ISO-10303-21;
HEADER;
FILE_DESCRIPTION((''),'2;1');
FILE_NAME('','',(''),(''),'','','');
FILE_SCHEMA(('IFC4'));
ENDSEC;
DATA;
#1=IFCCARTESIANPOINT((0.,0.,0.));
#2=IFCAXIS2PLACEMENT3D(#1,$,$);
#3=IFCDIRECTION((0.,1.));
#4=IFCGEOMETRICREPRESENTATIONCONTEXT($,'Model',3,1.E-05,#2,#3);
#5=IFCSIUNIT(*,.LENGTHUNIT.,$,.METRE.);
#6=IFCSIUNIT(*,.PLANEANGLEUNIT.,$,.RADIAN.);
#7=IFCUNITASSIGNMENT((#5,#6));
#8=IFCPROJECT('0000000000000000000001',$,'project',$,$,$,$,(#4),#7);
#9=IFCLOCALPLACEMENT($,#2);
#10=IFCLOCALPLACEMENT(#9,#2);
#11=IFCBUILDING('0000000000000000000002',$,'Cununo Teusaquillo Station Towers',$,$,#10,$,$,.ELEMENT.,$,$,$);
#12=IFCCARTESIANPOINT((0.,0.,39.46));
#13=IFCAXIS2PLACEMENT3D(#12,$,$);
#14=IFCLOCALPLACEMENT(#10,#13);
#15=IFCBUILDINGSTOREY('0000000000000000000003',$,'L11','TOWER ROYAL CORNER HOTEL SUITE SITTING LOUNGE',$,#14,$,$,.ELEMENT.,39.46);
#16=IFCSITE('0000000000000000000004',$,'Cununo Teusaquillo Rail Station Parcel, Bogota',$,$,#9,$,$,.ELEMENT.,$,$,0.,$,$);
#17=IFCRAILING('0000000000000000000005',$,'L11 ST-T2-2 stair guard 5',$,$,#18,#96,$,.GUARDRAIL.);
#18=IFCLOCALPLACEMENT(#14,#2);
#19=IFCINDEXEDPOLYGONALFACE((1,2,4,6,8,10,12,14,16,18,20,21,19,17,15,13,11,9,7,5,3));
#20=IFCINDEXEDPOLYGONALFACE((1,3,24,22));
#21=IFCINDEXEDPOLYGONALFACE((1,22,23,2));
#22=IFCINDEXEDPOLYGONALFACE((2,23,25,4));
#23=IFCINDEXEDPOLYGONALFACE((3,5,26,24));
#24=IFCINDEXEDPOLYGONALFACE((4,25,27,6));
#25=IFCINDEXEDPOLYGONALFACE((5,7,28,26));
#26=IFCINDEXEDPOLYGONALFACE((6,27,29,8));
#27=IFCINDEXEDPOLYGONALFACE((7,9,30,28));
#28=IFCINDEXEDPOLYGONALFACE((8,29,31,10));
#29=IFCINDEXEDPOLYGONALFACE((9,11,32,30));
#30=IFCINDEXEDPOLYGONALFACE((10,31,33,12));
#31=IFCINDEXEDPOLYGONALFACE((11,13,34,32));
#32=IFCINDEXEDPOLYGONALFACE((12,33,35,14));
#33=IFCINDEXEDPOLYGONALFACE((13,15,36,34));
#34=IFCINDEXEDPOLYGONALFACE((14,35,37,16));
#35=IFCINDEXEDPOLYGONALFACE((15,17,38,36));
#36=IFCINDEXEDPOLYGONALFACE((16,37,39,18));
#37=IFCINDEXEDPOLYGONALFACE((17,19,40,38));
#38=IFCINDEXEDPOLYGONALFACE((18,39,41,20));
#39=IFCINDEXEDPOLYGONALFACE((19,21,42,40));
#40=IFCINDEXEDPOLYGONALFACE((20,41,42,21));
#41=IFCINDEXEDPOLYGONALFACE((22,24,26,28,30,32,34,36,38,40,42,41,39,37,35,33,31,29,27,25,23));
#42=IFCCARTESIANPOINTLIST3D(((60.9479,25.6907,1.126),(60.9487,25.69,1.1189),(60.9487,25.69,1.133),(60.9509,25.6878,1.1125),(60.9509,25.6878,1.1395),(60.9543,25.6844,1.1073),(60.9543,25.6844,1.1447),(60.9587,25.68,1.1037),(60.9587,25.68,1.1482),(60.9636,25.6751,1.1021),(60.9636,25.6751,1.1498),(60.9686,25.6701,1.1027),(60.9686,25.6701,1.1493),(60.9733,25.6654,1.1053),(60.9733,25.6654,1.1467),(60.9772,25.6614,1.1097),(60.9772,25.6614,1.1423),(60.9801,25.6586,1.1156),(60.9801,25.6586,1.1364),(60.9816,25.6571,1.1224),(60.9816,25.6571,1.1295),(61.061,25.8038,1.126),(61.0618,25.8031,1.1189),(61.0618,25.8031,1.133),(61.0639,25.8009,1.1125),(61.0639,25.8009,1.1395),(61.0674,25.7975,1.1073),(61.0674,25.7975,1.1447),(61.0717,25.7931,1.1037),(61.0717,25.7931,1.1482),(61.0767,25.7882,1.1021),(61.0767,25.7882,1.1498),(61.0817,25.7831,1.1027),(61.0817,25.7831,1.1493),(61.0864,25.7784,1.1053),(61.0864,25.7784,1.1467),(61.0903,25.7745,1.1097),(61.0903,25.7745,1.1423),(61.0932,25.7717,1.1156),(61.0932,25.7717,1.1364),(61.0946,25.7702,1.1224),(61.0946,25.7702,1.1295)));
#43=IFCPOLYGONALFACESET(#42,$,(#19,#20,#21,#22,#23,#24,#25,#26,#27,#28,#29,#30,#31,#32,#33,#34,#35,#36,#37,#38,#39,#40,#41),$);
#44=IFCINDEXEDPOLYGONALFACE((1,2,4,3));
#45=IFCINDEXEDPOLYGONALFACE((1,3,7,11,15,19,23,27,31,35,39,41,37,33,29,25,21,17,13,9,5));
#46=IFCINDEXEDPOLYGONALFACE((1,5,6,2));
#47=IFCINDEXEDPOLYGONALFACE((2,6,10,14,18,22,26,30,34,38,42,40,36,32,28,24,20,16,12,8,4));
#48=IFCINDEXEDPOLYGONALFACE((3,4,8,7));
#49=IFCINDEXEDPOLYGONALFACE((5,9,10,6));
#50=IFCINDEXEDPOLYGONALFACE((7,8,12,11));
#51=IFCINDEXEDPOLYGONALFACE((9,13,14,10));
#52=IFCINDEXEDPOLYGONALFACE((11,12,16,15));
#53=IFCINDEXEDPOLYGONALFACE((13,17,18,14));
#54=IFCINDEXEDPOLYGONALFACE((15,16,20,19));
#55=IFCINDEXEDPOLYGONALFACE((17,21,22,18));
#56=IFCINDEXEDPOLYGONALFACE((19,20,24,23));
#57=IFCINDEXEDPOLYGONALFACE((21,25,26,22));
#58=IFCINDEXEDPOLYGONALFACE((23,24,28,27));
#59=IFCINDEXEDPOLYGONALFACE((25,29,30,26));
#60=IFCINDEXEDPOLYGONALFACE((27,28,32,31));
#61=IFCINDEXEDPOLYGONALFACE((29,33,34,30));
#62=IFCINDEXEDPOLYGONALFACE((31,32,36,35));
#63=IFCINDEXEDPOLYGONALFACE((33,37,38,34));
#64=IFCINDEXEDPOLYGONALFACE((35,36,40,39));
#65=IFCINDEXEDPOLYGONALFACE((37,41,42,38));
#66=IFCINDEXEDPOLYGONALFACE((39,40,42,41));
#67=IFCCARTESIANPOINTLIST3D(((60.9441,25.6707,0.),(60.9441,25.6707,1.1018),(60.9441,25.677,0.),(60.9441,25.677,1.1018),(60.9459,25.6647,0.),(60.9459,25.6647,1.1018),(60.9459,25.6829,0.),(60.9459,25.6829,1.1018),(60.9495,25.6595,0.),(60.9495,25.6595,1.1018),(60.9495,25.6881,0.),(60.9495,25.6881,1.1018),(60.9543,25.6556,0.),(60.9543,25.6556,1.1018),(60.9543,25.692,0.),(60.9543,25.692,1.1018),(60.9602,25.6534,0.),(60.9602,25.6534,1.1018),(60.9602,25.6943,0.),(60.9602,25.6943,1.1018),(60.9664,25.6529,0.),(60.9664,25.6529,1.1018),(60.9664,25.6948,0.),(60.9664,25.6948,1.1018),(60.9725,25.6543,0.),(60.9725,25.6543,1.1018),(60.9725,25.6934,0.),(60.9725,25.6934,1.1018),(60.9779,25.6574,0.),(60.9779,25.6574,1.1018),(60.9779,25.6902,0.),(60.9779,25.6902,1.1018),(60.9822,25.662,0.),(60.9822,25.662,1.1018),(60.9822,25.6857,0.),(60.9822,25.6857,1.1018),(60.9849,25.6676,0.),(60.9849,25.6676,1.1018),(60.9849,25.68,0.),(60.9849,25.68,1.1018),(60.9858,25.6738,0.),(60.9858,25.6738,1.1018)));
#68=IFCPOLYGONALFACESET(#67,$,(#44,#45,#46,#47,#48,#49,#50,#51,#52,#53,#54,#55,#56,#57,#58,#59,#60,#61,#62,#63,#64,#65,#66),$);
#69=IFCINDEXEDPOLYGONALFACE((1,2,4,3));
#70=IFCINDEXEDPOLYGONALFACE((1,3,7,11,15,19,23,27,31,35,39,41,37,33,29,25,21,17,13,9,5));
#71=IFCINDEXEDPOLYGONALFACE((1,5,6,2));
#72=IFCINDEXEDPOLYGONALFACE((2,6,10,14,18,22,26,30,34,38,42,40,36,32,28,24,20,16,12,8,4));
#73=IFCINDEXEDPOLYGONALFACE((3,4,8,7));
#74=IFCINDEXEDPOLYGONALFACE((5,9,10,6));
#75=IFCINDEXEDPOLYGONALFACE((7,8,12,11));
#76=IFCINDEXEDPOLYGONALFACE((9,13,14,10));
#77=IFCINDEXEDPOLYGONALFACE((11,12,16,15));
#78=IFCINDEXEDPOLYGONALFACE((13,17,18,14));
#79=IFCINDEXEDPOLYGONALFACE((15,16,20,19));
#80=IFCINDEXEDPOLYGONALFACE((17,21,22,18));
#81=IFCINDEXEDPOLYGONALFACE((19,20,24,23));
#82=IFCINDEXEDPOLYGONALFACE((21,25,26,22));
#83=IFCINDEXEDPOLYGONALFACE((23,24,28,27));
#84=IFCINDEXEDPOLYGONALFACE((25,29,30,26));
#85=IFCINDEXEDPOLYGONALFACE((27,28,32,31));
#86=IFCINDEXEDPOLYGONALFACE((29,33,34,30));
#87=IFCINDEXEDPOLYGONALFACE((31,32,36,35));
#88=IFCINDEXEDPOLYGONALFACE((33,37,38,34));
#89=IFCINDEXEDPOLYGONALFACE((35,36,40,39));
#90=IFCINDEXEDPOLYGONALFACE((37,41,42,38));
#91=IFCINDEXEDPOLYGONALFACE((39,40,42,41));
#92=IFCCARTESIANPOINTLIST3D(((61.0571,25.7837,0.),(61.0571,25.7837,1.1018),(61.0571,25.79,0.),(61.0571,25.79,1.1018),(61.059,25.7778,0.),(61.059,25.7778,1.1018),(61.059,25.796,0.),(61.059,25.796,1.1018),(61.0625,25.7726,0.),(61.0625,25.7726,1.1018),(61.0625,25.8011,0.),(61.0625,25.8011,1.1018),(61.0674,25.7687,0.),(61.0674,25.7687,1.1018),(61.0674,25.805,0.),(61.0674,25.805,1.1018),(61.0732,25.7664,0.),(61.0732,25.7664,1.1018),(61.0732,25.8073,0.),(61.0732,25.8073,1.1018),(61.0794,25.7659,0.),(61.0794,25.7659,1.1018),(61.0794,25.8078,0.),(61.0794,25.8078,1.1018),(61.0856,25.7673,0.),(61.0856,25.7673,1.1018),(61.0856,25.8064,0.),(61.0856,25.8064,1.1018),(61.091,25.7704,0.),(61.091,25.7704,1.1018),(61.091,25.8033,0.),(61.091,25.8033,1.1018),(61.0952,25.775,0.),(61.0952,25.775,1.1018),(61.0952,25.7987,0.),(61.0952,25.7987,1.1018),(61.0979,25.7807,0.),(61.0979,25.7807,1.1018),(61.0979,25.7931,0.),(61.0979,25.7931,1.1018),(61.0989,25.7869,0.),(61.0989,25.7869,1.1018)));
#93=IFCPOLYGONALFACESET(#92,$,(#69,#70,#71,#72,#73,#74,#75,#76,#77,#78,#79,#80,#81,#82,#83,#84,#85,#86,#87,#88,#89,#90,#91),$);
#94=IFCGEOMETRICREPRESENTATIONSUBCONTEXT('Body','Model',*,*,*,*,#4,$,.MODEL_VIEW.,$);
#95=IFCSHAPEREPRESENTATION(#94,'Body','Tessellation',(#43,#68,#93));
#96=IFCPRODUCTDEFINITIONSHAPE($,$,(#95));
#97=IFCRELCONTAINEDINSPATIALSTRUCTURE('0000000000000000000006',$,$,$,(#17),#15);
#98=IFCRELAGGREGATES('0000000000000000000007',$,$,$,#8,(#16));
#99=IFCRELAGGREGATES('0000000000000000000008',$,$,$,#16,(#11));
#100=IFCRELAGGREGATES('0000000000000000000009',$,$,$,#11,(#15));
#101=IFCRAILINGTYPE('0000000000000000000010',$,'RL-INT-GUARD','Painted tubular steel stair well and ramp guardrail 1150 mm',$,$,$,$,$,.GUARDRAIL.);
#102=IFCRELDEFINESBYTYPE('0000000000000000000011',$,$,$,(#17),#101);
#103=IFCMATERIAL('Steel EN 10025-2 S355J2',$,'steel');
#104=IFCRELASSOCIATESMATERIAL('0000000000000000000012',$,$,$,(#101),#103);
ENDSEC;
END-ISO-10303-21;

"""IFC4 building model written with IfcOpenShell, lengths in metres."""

from ifc_helpers import new_model, si_unit, direction, frame, origin, origin_2d, place, context, subcontext, project, spatial, circle, extrude, material, type_object, element, save


model = new_model("IFC4")

# Units and contexts
model_context = context("Model", 3, precision=1e-05, world=origin(), true_north=direction((0.0, 1.0)))
body_context = subcontext(model_context, "Body", "Model", "MODEL_VIEW")
ifc_project = project(units=[si_unit("LENGTHUNIT", "METRE"), si_unit("PLANEANGLEUNIT", "RADIAN")], contexts=[model_context])

# Site, building, storey
site_placement = place(None, origin())
site = spatial("IfcSite", under=ifc_project, at=site_placement, Name="Cununo Teusaquillo Rail Station Parcel, Bogota", CompositionType="ELEMENT", RefElevation=0.0)
building_placement = place(site_placement, origin())
building = spatial("IfcBuilding", under=site, at=building_placement, Name="Cununo Teusaquillo Station Towers", CompositionType="ELEMENT")
storey_placement = place(building_placement, frame((0.0, 0.0, 39.46)))
storey = spatial("IfcBuildingStorey", under=building, at=storey_placement, Name="L11", Description="TOWER ROYAL CORNER HOTEL SUITE SITTING LOUNGE", CompositionType="ELEMENT", Elevation=39.46)

# Railing
ifc_material_1 = material(Name="Steel EN 10025-2 S355J2", Category="steel")
railing_type_1 = type_object("IfcRailingType", Name="RL-INT-GUARD", Description="Painted tubular steel stair well and ramp guardrail 1150 mm", PredefinedType="GUARDRAIL", material=ifc_material_1)
railing_1_placement = place(storey_placement, frame((60.9648, 25.6738, 0.0)))
element("IfcRailing", 1, at=railing_1_placement, inside=storey, type_object=railing_type_1, Name="L11 ST-T2-2 stair guard 5", PredefinedType="GUARDRAIL", context=body_context, shape_type="SweptSolid", body=[
    extrude(circle(Radius=0.0239, at=origin_2d()), frame((0.0, 0.0, 1.126), z_axis=(0.707107, 0.707107, 0.0), x_axis=(-0.707107, 0.707107, 0.0)), (0.0, 0.0, 1.0), 0.1599),
    extrude(circle(Radius=0.021, at=origin_2d()), origin(), (0.0, 0.0, 1.0), 1.1018),
    extrude(circle(Radius=0.021, at=origin_2d()), frame((0.113, 0.113, 0.0)), (0.0, 0.0, 1.0), 1.1018),
])

save(model, "model.ifc")
